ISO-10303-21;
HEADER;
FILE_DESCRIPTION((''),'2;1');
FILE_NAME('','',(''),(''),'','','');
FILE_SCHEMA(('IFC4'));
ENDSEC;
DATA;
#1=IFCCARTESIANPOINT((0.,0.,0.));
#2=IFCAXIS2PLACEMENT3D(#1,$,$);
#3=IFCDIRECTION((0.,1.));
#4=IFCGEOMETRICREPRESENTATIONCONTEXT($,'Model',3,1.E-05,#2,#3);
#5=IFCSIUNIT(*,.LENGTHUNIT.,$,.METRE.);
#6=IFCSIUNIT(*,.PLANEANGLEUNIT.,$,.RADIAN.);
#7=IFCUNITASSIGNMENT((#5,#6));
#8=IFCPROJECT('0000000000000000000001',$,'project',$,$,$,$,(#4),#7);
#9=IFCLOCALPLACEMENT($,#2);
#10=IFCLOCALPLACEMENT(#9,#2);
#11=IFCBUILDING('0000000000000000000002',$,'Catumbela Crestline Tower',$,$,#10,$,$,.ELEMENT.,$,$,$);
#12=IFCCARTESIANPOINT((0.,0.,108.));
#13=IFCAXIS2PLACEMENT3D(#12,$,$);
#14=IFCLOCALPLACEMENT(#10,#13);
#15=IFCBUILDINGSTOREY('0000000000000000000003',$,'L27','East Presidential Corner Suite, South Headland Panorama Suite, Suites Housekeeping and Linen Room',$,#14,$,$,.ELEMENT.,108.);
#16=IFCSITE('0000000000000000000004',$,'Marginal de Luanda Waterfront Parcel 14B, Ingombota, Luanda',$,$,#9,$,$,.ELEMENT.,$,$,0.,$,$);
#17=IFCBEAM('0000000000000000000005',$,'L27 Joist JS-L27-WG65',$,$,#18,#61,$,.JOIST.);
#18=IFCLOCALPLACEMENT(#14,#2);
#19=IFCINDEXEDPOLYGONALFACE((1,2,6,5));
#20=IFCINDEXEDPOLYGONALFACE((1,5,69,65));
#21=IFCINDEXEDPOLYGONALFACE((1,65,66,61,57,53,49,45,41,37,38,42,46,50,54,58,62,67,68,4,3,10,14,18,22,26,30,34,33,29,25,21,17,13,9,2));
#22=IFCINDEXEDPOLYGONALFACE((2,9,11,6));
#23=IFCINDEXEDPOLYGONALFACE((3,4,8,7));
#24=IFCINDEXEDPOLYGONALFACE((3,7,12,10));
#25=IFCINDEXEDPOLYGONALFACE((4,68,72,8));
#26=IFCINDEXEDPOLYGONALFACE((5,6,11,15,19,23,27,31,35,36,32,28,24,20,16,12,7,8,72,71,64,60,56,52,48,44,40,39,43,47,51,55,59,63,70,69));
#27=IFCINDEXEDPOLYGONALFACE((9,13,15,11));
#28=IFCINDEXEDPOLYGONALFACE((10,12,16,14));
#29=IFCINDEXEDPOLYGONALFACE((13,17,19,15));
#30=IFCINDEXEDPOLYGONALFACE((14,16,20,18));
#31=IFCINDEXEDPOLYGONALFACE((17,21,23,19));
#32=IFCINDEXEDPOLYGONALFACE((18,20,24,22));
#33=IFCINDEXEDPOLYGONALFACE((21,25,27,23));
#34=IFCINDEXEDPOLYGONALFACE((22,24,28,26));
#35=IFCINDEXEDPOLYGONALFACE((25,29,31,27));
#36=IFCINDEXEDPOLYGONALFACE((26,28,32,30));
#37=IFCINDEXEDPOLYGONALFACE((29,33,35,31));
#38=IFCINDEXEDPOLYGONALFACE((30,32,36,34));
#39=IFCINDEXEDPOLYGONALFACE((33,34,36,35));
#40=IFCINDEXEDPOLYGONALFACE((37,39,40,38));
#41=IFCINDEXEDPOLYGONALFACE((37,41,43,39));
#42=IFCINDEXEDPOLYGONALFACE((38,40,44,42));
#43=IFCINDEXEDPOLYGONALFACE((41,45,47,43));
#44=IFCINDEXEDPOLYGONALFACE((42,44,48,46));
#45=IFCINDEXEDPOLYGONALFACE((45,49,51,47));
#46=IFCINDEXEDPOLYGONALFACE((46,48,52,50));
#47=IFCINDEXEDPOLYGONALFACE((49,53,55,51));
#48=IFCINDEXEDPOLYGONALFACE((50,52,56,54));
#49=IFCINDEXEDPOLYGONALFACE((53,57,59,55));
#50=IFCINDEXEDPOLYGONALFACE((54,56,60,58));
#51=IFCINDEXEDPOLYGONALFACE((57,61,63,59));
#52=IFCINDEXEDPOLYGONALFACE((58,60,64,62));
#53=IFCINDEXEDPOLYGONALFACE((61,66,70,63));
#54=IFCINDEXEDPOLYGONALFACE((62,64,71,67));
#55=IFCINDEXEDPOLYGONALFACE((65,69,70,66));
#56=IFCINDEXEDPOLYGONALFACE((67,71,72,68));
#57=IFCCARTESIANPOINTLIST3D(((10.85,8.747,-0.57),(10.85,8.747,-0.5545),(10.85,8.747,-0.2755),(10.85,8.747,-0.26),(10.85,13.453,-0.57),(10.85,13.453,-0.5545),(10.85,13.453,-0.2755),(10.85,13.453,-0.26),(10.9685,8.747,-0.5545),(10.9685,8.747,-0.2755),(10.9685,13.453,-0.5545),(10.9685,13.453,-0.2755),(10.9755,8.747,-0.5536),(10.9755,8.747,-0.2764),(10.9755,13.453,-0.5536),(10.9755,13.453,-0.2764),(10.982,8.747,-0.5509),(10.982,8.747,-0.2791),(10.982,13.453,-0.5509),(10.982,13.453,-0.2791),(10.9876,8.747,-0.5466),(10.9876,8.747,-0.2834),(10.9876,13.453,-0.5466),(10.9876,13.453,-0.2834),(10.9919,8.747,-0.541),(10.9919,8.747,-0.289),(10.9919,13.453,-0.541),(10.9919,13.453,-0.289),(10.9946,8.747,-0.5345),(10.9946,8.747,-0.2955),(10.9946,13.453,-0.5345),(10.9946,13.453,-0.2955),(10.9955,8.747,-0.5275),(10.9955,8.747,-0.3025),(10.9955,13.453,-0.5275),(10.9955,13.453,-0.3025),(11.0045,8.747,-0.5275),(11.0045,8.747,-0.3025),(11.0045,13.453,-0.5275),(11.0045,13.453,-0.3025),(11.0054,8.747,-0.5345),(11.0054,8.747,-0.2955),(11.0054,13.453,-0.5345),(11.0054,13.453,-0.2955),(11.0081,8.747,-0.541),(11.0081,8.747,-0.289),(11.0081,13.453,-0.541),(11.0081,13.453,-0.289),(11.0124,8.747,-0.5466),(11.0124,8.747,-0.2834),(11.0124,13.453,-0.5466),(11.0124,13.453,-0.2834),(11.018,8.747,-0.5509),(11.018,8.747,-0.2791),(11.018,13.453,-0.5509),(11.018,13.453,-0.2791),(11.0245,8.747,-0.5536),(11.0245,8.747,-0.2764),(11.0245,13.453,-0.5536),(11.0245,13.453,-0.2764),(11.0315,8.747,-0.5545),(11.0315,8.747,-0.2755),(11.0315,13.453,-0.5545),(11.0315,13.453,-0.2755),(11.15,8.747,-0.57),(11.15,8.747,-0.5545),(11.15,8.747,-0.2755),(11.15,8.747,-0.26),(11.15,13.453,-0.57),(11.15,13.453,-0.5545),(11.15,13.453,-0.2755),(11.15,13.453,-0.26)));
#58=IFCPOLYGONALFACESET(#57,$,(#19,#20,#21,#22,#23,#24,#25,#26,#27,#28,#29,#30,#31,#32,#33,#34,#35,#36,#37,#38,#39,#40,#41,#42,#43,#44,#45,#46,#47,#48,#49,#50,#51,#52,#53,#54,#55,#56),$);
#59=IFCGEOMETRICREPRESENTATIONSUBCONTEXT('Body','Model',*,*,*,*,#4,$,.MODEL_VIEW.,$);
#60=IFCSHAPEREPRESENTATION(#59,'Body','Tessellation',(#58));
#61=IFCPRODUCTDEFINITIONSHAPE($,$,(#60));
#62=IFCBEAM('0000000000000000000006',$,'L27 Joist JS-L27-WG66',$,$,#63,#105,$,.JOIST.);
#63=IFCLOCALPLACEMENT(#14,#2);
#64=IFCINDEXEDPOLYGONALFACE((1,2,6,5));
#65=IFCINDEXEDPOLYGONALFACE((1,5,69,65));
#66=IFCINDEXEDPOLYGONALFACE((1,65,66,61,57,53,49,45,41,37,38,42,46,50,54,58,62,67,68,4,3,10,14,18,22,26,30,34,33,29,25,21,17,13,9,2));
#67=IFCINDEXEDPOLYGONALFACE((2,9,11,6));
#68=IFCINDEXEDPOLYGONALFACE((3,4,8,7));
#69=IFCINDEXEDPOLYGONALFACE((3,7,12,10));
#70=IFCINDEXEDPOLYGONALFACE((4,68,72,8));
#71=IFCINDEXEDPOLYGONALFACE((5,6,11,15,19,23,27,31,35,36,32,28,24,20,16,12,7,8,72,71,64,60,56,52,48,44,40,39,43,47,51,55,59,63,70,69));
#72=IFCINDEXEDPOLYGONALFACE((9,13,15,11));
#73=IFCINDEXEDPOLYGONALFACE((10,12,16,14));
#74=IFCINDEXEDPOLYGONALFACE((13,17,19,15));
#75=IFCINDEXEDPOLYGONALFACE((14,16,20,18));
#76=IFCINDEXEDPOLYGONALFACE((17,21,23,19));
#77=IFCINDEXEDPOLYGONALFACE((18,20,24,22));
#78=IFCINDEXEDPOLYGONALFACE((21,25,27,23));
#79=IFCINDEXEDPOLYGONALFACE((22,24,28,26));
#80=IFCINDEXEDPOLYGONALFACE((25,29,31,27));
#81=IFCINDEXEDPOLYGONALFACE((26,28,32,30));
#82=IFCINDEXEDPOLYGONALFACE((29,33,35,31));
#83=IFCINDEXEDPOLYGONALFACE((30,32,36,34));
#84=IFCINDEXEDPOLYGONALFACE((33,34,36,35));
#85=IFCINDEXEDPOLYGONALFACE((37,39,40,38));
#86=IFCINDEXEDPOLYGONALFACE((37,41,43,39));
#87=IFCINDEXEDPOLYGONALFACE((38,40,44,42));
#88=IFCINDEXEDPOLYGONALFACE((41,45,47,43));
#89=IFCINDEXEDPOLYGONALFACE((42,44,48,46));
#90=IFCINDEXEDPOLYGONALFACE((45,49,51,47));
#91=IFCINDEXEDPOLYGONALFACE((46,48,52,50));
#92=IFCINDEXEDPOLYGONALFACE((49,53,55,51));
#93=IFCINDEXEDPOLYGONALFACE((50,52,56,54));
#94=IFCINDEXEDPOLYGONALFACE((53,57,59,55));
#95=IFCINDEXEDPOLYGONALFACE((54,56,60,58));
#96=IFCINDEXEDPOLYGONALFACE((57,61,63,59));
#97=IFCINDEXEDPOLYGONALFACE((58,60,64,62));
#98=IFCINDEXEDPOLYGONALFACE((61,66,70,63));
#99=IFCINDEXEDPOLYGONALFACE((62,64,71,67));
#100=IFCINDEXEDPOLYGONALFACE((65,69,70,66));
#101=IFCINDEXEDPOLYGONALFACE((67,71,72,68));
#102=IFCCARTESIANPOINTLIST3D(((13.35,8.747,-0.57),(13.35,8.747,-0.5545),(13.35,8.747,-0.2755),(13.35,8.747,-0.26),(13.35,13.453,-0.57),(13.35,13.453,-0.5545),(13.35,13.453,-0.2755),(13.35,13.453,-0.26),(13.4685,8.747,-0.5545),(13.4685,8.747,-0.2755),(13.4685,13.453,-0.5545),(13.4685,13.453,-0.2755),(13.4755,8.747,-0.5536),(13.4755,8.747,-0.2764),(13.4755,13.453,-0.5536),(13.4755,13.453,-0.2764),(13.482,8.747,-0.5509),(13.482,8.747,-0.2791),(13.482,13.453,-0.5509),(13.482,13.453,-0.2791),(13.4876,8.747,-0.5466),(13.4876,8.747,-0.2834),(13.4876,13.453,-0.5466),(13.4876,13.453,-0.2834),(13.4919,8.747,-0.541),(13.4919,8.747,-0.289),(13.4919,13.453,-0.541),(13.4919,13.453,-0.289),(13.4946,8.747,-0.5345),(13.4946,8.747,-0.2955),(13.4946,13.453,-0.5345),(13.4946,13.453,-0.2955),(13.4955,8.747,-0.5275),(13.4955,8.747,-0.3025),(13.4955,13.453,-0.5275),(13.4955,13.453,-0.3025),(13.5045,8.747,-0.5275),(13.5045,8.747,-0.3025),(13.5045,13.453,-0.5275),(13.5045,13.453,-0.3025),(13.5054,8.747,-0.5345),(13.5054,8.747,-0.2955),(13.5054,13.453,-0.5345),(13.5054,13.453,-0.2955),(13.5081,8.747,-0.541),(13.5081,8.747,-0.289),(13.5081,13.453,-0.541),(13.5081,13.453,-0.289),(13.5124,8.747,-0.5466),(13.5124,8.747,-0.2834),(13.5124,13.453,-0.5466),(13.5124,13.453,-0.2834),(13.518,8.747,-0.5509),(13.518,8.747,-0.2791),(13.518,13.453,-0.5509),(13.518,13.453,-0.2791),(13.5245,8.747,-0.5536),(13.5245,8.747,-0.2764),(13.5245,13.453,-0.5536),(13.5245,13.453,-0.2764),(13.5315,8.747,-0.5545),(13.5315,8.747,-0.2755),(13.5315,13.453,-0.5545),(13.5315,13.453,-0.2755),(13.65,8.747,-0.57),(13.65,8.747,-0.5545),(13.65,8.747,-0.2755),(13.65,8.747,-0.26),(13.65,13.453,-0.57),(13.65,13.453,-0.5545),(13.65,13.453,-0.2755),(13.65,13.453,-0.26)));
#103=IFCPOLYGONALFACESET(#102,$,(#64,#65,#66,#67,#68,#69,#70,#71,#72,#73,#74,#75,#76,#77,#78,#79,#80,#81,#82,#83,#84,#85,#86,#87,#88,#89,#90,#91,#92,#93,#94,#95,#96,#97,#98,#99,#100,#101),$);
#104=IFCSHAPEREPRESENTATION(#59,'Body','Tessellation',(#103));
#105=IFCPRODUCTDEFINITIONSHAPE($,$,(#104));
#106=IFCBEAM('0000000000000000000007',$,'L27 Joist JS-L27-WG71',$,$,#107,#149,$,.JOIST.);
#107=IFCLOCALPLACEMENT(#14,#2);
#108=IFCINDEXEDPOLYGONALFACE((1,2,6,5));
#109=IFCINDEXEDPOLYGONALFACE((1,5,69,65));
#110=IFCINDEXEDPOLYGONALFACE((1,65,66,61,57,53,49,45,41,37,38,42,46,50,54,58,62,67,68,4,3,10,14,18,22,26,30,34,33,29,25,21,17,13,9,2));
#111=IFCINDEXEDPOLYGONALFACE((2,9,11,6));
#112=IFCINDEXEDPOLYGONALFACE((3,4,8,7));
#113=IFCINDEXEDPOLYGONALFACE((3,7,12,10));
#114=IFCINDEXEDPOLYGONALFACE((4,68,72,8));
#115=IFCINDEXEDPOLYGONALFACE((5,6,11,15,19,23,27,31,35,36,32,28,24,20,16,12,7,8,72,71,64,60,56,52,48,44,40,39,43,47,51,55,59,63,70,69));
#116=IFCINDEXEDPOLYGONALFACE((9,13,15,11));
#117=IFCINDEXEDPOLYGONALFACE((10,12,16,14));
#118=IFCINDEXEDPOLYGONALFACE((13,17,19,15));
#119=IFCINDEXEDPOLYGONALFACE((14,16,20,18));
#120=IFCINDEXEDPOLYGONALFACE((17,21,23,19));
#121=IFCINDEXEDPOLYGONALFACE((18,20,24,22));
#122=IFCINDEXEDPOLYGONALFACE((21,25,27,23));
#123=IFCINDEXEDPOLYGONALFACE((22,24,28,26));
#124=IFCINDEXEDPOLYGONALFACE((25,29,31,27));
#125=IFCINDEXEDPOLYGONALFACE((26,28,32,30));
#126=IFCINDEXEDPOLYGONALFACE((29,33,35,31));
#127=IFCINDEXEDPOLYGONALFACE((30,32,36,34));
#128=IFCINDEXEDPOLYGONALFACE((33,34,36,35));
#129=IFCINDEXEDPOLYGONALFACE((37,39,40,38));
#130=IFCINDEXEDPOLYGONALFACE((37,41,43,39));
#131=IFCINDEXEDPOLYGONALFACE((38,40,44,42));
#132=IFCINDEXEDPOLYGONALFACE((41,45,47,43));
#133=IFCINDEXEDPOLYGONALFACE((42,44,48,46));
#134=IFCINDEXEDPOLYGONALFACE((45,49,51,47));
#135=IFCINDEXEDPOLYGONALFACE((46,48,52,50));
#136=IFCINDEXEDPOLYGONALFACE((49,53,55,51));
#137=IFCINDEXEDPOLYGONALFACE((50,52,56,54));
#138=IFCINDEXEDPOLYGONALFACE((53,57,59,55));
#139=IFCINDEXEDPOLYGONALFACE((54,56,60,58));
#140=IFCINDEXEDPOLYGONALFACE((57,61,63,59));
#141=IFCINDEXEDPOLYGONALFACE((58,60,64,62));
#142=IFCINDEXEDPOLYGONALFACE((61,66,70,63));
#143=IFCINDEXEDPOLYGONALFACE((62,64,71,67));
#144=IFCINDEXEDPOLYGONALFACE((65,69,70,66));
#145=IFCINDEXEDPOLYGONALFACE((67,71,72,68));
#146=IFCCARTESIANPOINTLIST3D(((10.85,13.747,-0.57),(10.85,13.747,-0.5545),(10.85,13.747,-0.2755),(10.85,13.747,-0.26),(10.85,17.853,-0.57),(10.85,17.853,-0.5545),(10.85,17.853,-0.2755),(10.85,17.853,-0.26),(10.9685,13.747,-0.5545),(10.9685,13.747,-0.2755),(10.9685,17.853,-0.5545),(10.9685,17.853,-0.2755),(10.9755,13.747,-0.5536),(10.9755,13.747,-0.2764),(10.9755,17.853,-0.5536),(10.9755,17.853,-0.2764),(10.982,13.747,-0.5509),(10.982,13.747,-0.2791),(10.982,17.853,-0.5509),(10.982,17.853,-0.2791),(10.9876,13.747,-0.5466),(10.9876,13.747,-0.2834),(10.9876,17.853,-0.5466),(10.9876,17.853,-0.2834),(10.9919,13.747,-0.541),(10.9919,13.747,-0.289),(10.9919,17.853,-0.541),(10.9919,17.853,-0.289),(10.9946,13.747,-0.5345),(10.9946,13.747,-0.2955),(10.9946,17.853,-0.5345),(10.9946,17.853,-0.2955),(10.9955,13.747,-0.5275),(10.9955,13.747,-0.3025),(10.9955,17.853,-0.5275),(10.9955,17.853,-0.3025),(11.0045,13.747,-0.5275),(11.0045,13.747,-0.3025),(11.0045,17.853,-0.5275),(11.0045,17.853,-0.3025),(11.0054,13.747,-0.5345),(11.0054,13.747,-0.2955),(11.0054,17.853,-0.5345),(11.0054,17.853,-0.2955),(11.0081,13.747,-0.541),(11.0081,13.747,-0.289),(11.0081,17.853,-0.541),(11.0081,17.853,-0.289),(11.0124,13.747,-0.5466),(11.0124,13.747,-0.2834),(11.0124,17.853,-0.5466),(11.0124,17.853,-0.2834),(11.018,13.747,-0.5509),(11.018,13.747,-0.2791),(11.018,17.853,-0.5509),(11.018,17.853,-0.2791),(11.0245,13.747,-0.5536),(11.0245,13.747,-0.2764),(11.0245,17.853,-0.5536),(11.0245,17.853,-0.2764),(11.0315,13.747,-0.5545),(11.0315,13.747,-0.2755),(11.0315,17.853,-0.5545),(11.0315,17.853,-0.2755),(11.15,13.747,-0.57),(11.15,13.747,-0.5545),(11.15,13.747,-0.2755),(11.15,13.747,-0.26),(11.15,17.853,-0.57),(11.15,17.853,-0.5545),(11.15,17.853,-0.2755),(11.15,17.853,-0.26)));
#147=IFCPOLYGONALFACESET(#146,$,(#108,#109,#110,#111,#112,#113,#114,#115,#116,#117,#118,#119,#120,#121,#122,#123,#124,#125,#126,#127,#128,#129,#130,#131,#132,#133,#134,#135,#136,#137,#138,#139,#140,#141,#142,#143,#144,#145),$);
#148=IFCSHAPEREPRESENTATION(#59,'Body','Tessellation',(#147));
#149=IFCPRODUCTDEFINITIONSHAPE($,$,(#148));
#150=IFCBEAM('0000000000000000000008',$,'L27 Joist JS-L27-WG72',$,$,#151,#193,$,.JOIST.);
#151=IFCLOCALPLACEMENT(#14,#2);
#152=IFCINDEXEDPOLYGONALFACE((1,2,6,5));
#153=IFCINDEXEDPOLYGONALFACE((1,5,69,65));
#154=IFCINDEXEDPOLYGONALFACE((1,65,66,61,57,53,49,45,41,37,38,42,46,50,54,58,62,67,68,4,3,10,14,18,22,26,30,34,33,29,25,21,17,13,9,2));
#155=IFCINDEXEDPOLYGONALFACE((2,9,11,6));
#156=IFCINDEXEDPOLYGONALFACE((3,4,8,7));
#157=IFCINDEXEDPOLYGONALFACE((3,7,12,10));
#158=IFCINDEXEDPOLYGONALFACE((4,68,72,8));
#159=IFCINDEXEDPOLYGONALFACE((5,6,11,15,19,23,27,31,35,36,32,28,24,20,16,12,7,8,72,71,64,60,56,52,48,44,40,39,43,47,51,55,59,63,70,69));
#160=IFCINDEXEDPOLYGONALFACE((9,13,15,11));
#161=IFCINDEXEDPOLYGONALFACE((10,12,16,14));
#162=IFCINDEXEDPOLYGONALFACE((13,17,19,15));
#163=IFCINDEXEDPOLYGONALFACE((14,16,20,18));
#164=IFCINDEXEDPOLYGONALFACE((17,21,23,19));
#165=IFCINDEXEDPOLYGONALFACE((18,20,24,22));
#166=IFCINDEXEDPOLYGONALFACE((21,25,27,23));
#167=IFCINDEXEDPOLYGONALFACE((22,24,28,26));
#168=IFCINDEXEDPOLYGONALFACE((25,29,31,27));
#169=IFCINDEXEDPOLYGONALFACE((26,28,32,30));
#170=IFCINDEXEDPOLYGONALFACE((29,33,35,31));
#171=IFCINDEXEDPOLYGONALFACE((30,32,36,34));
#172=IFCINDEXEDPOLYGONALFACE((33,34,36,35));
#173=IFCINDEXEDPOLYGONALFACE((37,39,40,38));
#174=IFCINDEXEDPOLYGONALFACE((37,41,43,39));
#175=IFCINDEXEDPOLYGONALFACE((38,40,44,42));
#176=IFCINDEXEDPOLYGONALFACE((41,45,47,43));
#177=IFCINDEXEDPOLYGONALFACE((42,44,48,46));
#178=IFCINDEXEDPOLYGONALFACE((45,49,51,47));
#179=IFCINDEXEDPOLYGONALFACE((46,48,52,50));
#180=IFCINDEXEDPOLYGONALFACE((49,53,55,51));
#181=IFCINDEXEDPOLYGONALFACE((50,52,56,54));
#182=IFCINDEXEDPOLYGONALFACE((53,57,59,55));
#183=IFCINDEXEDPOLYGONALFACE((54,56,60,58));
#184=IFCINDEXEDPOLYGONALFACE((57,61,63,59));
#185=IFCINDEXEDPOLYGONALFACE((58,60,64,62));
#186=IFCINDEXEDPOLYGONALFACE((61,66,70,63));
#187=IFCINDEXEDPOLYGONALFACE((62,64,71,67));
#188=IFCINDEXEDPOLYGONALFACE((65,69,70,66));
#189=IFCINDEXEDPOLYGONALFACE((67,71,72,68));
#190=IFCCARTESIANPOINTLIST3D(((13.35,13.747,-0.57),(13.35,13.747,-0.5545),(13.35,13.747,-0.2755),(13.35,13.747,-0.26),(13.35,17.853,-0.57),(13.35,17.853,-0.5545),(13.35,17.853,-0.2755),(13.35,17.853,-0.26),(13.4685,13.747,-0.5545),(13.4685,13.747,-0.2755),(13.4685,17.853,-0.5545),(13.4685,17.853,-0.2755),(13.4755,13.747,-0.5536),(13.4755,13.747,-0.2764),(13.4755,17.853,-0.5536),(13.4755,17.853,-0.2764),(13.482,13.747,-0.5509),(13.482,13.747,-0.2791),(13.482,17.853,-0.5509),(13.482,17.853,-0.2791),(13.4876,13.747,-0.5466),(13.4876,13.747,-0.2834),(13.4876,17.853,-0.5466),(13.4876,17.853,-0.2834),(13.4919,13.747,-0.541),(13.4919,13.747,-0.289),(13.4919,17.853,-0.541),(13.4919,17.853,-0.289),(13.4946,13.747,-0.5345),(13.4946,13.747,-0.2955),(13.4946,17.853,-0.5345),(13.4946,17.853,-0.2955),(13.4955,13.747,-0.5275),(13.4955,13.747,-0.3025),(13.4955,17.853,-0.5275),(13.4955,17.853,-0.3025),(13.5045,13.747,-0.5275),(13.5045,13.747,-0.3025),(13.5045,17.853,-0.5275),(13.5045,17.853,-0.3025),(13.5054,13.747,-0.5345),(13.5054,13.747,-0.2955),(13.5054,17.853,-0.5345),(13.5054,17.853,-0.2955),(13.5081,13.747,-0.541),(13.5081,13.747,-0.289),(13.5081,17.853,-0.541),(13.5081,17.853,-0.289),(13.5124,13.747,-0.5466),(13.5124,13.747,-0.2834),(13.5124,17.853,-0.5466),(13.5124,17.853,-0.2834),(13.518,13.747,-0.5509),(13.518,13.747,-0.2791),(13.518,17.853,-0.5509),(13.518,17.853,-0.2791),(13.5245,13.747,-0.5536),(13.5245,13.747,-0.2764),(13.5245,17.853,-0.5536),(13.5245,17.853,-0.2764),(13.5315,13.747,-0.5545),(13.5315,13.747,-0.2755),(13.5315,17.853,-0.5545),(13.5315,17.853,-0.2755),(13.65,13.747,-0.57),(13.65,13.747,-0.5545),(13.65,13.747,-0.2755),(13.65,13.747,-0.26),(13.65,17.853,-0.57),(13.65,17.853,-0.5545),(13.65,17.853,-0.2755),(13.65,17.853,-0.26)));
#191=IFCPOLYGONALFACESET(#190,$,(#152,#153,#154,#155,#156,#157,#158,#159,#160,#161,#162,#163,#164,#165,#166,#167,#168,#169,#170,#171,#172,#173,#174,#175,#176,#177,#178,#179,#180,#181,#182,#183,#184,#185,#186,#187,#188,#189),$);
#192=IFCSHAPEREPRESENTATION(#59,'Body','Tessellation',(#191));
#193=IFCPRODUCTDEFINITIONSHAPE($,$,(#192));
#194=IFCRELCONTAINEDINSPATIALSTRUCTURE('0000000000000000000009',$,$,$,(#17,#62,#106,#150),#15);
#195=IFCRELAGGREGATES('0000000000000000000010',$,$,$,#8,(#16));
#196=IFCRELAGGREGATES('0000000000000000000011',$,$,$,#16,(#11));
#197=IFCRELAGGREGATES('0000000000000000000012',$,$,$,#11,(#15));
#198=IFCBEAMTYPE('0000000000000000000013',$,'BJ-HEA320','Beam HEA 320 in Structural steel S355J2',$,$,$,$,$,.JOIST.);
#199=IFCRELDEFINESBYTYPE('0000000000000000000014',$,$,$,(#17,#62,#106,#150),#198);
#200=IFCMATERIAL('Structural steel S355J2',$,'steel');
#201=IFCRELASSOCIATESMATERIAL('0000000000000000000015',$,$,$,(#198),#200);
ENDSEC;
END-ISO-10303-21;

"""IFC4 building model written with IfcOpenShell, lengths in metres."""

from ifc_helpers import new_model, si_unit, direction, frame, origin, origin_2d, place, context, subcontext, project, spatial, i_section, extrude, material, material_profile, profile_set, type_object, element, save


model = new_model("IFC4")

# Units and contexts
model_context = context("Model", 3, precision=1e-05, world=origin(), true_north=direction((0.0, 1.0)))
body_context = subcontext(model_context, "Body", "Model", "MODEL_VIEW")
ifc_project = project(units=[si_unit("LENGTHUNIT", "METRE"), si_unit("PLANEANGLEUNIT", "RADIAN")], contexts=[model_context])

# Site, building, storey
site_placement = place(None, origin())
site = spatial("IfcSite", under=ifc_project, at=site_placement, Name="Marginal de Luanda Waterfront Parcel 14B, Ingombota, Luanda", CompositionType="ELEMENT", RefElevation=0.0)
building_placement = place(site_placement, origin())
building = spatial("IfcBuilding", under=site, at=building_placement, Name="Catumbela Crestline Tower", CompositionType="ELEMENT")
storey_placement = place(building_placement, frame((0.0, 0.0, 108.0)))
storey = spatial("IfcBuildingStorey", under=building, at=storey_placement, Name="L27", Description="East Presidential Corner Suite, South Headland Panorama Suite, Suites Housekeeping and Linen Room", CompositionType="ELEMENT", Elevation=108.0)

# Beams
ifc_material_1 = material(Name="Structural steel S355J2", Category="steel")
ifc_material_profile_1 = material_profile(ifc_material_1, i_section(OverallWidth=0.3, OverallDepth=0.31, WebThickness=0.009, FlangeThickness=0.0155, FilletRadius=0.027, at=origin_2d()), Name="HEA 320")
ifc_profile_set_1 = profile_set([ifc_material_profile_1], Name="Structural steel S355J2")
beam_type_1 = type_object("IfcBeamType", Name="BJ-HEA320", Description="Beam HEA 320 in Structural steel S355J2", PredefinedType="JOIST", material=ifc_profile_set_1)
for number, where, z_axis, x_axis, name in (
    (1, (11.0, 8.747, -0.415), (0.0, 1.0, 0.0), (-1.0, 0.0, 0.0), "L27 Joist JS-L27-WG65"),
    (2, (13.5, 8.747, -0.415), (0.0, 1.0, 0.0), (-1.0, 0.0, 0.0), "L27 Joist JS-L27-WG66"),
):
    element("IfcBeam", number, at=place(storey_placement, frame(where, z_axis=z_axis, x_axis=x_axis)), inside=storey, type_object=beam_type_1, Name=name, PredefinedType="JOIST", context=body_context, shape_type="SweptSolid", body=[
        extrude(i_section(OverallWidth=0.3, OverallDepth=0.31, WebThickness=0.009, FlangeThickness=0.0155, FilletRadius=0.027, at=origin_2d()), origin(), (0.0, 0.0, 1.0), 4.706),
    ])
for number, where, z_axis, x_axis, name in (
    (3, (11.0, 13.747, -0.415), (0.0, 1.0, 0.0), (-1.0, 0.0, 0.0), "L27 Joist JS-L27-WG71"),
    (4, (13.5, 13.747, -0.415), (0.0, 1.0, 0.0), (-1.0, 0.0, 0.0), "L27 Joist JS-L27-WG72"),
):
    element("IfcBeam", number, at=place(storey_placement, frame(where, z_axis=z_axis, x_axis=x_axis)), inside=storey, type_object=beam_type_1, Name=name, PredefinedType="JOIST", context=body_context, shape_type="SweptSolid", body=[
        extrude(i_section(OverallWidth=0.3, OverallDepth=0.31, WebThickness=0.009, FlangeThickness=0.0155, FilletRadius=0.027, at=origin_2d()), origin(), (0.0, 0.0, 1.0), 4.106),
    ])

save(model, "model.ifc")
